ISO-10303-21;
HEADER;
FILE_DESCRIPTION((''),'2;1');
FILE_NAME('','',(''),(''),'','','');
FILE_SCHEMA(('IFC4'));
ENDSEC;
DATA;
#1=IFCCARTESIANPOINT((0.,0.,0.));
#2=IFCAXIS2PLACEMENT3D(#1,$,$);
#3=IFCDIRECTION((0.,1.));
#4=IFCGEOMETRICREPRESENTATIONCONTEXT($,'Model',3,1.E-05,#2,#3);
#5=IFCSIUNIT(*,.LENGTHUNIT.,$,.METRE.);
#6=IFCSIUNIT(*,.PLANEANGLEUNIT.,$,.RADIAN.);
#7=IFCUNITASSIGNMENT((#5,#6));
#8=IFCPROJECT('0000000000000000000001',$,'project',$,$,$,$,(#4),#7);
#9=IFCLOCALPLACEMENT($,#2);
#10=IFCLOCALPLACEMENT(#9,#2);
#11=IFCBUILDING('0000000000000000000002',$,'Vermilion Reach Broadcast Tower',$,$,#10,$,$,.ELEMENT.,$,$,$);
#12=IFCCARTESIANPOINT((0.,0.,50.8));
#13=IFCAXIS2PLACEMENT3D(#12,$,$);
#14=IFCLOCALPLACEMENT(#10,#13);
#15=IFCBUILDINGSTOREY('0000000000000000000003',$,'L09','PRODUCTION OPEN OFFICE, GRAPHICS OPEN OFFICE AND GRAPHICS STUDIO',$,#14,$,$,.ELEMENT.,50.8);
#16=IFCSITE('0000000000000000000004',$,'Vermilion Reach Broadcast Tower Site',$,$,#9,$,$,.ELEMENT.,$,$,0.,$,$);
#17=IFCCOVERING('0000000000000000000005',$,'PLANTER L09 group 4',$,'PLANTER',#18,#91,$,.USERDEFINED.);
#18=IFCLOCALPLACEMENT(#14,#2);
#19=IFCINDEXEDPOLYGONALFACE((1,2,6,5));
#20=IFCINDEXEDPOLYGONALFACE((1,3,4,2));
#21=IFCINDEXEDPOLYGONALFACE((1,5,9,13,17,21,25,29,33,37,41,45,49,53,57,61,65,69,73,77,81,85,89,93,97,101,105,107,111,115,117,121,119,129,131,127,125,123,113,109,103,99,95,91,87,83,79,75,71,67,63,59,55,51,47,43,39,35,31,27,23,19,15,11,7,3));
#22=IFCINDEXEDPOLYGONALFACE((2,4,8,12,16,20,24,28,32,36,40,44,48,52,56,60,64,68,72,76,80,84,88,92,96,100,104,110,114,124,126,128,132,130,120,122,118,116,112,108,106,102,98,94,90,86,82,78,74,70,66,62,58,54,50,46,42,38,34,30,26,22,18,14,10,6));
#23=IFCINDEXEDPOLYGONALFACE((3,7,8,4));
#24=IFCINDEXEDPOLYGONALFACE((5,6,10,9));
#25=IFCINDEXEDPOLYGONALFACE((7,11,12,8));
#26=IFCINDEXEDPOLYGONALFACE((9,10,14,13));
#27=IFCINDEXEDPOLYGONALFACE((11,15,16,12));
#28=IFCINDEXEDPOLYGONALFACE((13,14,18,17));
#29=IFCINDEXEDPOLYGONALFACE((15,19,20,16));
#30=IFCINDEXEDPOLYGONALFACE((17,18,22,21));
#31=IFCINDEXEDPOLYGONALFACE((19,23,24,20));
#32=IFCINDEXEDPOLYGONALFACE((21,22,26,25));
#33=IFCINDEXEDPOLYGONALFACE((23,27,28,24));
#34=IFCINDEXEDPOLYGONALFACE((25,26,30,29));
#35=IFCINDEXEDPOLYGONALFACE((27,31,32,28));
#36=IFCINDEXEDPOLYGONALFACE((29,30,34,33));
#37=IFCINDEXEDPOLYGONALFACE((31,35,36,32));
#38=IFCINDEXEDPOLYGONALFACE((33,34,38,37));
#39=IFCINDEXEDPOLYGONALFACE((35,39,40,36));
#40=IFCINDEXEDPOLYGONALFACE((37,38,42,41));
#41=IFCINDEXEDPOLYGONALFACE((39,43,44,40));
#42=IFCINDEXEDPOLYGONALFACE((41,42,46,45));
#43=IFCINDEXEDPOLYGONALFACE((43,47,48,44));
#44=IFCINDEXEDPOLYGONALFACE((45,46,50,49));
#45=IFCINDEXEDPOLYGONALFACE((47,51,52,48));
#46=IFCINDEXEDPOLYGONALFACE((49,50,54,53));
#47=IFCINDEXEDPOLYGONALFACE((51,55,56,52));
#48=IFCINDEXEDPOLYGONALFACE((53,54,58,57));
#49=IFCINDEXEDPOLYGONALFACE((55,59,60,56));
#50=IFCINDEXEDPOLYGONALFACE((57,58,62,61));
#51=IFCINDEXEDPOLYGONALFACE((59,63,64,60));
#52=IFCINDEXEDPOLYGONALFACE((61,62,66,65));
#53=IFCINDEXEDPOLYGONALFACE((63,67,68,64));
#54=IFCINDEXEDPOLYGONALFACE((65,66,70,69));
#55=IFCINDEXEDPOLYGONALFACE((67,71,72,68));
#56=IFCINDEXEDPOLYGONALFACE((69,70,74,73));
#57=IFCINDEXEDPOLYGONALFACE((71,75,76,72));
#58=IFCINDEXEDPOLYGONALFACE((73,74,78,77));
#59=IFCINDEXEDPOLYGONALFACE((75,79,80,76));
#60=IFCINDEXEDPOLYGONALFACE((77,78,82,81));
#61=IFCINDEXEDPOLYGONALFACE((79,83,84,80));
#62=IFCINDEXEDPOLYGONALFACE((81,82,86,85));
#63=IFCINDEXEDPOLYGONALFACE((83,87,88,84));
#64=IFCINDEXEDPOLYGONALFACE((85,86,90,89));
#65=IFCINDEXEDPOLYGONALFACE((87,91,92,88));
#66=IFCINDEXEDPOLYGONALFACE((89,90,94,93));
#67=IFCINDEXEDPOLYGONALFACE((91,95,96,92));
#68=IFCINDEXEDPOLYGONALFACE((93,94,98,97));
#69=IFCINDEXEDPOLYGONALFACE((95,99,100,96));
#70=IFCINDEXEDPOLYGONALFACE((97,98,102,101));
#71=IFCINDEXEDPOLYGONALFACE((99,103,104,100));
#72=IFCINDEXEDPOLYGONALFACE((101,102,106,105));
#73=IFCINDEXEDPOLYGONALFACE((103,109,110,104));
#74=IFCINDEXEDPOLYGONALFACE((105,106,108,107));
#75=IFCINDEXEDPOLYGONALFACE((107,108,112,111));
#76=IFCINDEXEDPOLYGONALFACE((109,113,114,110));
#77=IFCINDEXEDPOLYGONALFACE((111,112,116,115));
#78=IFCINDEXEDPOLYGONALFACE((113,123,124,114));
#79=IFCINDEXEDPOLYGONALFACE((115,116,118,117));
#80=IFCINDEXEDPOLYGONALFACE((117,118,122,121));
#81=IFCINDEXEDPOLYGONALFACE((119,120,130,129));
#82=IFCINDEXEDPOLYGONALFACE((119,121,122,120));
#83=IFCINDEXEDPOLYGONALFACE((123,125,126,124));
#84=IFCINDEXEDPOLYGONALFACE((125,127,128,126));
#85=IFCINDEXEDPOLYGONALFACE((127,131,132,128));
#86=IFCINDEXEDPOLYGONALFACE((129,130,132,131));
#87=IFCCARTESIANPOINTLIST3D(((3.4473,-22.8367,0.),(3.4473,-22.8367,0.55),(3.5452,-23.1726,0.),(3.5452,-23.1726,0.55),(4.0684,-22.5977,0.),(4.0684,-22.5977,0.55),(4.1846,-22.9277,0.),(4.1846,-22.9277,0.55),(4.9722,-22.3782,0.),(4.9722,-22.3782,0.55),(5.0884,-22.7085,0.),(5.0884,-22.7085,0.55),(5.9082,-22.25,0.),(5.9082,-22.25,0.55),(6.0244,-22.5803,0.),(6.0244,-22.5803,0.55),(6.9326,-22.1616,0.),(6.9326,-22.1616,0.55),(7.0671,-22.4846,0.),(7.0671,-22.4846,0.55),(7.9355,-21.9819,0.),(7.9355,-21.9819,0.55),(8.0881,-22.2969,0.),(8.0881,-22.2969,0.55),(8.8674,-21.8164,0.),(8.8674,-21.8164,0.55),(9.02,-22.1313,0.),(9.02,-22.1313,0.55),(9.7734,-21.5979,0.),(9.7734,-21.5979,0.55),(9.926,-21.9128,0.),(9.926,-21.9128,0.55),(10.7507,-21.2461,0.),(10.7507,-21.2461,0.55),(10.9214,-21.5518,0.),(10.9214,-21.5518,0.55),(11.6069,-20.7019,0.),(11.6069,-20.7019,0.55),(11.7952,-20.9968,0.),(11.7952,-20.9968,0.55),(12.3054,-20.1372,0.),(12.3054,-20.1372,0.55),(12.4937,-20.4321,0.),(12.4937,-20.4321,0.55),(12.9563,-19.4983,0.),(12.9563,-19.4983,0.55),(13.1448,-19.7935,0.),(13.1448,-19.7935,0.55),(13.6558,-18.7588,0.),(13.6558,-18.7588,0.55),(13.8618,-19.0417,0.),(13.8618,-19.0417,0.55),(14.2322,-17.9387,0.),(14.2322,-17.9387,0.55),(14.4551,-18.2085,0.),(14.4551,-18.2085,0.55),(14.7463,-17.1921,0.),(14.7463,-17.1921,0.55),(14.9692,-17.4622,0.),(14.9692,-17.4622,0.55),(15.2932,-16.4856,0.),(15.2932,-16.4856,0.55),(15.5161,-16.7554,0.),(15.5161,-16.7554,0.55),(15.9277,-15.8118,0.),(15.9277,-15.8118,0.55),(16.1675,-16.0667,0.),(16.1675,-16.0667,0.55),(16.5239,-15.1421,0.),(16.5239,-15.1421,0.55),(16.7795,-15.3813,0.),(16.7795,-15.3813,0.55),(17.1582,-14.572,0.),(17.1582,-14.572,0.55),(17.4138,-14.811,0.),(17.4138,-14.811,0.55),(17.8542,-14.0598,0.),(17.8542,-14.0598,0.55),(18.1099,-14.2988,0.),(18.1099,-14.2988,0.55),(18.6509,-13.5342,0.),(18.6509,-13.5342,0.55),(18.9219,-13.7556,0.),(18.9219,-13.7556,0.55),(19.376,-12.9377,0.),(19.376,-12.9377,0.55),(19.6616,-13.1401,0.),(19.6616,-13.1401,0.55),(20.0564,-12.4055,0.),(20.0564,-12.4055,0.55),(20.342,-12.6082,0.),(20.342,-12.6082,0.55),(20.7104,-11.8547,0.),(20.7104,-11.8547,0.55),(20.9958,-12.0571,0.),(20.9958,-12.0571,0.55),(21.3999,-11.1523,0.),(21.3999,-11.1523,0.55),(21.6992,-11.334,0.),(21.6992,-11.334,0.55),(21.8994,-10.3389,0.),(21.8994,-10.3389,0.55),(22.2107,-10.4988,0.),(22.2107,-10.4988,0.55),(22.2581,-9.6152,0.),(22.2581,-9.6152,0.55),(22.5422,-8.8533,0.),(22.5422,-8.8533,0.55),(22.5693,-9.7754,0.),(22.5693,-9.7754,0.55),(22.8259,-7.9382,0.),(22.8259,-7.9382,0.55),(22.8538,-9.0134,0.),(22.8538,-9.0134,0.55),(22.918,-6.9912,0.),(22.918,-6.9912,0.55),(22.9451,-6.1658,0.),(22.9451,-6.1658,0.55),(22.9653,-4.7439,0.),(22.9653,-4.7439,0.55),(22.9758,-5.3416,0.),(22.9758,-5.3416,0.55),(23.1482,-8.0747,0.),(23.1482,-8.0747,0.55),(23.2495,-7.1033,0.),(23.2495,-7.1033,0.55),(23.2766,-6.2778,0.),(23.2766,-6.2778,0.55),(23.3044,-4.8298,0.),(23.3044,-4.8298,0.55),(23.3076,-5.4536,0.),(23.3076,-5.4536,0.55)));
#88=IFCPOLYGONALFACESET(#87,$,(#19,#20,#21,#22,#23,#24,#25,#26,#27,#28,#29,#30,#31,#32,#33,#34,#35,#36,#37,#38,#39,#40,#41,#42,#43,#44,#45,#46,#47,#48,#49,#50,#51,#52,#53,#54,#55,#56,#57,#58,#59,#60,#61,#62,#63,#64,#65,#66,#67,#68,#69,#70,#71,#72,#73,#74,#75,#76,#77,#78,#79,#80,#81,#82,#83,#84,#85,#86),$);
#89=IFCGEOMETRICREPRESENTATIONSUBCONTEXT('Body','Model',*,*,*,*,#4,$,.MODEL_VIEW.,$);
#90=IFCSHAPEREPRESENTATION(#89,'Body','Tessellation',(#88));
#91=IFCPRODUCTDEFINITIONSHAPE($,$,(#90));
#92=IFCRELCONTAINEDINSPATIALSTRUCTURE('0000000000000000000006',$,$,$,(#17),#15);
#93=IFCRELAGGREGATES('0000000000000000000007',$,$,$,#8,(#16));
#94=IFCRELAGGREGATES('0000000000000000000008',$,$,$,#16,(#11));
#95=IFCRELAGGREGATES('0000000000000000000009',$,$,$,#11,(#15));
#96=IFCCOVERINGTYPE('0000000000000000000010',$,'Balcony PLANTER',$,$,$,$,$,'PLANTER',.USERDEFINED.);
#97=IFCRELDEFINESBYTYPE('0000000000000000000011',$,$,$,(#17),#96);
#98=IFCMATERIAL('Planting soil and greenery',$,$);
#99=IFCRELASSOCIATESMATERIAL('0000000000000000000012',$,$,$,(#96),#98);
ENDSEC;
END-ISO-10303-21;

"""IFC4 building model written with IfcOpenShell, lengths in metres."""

from ifc_helpers import new_model, si_unit, direction, frame, origin, place, context, subcontext, project, spatial, polyline, outline, extrude, material, type_object, element, save


model = new_model("IFC4")

# Units and contexts
model_context = context("Model", 3, precision=1e-05, world=origin(), true_north=direction((0.0, 1.0)))
body_context = subcontext(model_context, "Body", "Model", "MODEL_VIEW")
ifc_project = project(units=[si_unit("LENGTHUNIT", "METRE"), si_unit("PLANEANGLEUNIT", "RADIAN")], contexts=[model_context])

# Site, building, storey
site_placement = place(None, origin())
site = spatial("IfcSite", under=ifc_project, at=site_placement, Name="Vermilion Reach Broadcast Tower Site", CompositionType="ELEMENT", RefElevation=0.0)
building_placement = place(site_placement, origin())
building = spatial("IfcBuilding", under=site, at=building_placement, Name="Vermilion Reach Broadcast Tower", CompositionType="ELEMENT")
storey_placement = place(building_placement, frame((0.0, 0.0, 50.8)))
storey = spatial("IfcBuildingStorey", under=building, at=storey_placement, Name="L09", Description="PRODUCTION OPEN OFFICE, GRAPHICS OPEN OFFICE AND GRAPHICS STUDIO", CompositionType="ELEMENT", Elevation=50.8)

# Shared definitions
placement_1 = place(storey_placement, origin())

# Covering
ifc_material_1 = material(Name="Planting soil and greenery")
covering_type = type_object("IfcCoveringType", Name="Balcony PLANTER", ElementType="PLANTER", PredefinedType="USERDEFINED", material=ifc_material_1)
element("IfcCovering", 1, at=placement_1, inside=storey, type_object=covering_type, Name="PLANTER L09 group 4", ObjectType="PLANTER", PredefinedType="USERDEFINED", context=body_context, shape_type="SweptSolid", body=[
    extrude(outline(polyline([(3.5452, -23.1726), (4.1846, -22.9277), (5.0884, -22.7085), (6.0244, -22.5803), (7.0671, -22.4846), (8.0881, -22.2969), (9.02, -22.1313), (9.926, -21.9128), (10.9214, -21.5518), (11.7952, -20.9968), (12.4937, -20.4321), (13.1448, -19.7935), (13.8618, -19.0417), (14.4551, -18.2085), (14.9692, -17.4622), (15.5161, -16.7554), (16.1675, -16.0667), (16.7795, -15.3813), (17.4138, -14.811), (18.1099, -14.2988), (18.9219, -13.7556), (19.6616, -13.1401), (20.342, -12.6082), (20.9958, -12.0571), (21.6992, -11.334), (22.2107, -10.4988), (22.5693, -9.7754), (22.8538, -9.0134), (23.1482, -8.0747), (23.2495, -7.1033), (23.2766, -6.2778), (23.3076, -5.4536), (23.3044, -4.8298), (22.9653, -4.7439), (22.9758, -5.3416), (22.9451, -6.1658), (22.918, -6.9912), (22.8259, -7.9382), (22.5422, -8.8533), (22.2581, -9.6152), (21.8994, -10.3389), (21.3999, -11.1523), (20.7104, -11.8547), (20.0564, -12.4055), (19.376, -12.9377), (18.6509, -13.5342), (17.8542, -14.0598), (17.1582, -14.572), (16.5239, -15.1421), (15.9277, -15.8118), (15.2932, -16.4856), (14.7463, -17.1921), (14.2322, -17.9387), (13.6558, -18.7588), (12.9563, -19.4983), (12.3054, -20.1372), (11.6069, -20.7019), (10.7507, -21.2461), (9.7734, -21.5979), (8.8674, -21.8164), (7.9355, -21.9819), (6.9326, -22.1616), (5.9082, -22.25), (4.9722, -22.3782), (4.0684, -22.5977), (3.4473, -22.8367), (3.5452, -23.1726)])), origin(), (0.0, 0.0, 1.0), 0.55),
])

save(model, "model.ifc")
